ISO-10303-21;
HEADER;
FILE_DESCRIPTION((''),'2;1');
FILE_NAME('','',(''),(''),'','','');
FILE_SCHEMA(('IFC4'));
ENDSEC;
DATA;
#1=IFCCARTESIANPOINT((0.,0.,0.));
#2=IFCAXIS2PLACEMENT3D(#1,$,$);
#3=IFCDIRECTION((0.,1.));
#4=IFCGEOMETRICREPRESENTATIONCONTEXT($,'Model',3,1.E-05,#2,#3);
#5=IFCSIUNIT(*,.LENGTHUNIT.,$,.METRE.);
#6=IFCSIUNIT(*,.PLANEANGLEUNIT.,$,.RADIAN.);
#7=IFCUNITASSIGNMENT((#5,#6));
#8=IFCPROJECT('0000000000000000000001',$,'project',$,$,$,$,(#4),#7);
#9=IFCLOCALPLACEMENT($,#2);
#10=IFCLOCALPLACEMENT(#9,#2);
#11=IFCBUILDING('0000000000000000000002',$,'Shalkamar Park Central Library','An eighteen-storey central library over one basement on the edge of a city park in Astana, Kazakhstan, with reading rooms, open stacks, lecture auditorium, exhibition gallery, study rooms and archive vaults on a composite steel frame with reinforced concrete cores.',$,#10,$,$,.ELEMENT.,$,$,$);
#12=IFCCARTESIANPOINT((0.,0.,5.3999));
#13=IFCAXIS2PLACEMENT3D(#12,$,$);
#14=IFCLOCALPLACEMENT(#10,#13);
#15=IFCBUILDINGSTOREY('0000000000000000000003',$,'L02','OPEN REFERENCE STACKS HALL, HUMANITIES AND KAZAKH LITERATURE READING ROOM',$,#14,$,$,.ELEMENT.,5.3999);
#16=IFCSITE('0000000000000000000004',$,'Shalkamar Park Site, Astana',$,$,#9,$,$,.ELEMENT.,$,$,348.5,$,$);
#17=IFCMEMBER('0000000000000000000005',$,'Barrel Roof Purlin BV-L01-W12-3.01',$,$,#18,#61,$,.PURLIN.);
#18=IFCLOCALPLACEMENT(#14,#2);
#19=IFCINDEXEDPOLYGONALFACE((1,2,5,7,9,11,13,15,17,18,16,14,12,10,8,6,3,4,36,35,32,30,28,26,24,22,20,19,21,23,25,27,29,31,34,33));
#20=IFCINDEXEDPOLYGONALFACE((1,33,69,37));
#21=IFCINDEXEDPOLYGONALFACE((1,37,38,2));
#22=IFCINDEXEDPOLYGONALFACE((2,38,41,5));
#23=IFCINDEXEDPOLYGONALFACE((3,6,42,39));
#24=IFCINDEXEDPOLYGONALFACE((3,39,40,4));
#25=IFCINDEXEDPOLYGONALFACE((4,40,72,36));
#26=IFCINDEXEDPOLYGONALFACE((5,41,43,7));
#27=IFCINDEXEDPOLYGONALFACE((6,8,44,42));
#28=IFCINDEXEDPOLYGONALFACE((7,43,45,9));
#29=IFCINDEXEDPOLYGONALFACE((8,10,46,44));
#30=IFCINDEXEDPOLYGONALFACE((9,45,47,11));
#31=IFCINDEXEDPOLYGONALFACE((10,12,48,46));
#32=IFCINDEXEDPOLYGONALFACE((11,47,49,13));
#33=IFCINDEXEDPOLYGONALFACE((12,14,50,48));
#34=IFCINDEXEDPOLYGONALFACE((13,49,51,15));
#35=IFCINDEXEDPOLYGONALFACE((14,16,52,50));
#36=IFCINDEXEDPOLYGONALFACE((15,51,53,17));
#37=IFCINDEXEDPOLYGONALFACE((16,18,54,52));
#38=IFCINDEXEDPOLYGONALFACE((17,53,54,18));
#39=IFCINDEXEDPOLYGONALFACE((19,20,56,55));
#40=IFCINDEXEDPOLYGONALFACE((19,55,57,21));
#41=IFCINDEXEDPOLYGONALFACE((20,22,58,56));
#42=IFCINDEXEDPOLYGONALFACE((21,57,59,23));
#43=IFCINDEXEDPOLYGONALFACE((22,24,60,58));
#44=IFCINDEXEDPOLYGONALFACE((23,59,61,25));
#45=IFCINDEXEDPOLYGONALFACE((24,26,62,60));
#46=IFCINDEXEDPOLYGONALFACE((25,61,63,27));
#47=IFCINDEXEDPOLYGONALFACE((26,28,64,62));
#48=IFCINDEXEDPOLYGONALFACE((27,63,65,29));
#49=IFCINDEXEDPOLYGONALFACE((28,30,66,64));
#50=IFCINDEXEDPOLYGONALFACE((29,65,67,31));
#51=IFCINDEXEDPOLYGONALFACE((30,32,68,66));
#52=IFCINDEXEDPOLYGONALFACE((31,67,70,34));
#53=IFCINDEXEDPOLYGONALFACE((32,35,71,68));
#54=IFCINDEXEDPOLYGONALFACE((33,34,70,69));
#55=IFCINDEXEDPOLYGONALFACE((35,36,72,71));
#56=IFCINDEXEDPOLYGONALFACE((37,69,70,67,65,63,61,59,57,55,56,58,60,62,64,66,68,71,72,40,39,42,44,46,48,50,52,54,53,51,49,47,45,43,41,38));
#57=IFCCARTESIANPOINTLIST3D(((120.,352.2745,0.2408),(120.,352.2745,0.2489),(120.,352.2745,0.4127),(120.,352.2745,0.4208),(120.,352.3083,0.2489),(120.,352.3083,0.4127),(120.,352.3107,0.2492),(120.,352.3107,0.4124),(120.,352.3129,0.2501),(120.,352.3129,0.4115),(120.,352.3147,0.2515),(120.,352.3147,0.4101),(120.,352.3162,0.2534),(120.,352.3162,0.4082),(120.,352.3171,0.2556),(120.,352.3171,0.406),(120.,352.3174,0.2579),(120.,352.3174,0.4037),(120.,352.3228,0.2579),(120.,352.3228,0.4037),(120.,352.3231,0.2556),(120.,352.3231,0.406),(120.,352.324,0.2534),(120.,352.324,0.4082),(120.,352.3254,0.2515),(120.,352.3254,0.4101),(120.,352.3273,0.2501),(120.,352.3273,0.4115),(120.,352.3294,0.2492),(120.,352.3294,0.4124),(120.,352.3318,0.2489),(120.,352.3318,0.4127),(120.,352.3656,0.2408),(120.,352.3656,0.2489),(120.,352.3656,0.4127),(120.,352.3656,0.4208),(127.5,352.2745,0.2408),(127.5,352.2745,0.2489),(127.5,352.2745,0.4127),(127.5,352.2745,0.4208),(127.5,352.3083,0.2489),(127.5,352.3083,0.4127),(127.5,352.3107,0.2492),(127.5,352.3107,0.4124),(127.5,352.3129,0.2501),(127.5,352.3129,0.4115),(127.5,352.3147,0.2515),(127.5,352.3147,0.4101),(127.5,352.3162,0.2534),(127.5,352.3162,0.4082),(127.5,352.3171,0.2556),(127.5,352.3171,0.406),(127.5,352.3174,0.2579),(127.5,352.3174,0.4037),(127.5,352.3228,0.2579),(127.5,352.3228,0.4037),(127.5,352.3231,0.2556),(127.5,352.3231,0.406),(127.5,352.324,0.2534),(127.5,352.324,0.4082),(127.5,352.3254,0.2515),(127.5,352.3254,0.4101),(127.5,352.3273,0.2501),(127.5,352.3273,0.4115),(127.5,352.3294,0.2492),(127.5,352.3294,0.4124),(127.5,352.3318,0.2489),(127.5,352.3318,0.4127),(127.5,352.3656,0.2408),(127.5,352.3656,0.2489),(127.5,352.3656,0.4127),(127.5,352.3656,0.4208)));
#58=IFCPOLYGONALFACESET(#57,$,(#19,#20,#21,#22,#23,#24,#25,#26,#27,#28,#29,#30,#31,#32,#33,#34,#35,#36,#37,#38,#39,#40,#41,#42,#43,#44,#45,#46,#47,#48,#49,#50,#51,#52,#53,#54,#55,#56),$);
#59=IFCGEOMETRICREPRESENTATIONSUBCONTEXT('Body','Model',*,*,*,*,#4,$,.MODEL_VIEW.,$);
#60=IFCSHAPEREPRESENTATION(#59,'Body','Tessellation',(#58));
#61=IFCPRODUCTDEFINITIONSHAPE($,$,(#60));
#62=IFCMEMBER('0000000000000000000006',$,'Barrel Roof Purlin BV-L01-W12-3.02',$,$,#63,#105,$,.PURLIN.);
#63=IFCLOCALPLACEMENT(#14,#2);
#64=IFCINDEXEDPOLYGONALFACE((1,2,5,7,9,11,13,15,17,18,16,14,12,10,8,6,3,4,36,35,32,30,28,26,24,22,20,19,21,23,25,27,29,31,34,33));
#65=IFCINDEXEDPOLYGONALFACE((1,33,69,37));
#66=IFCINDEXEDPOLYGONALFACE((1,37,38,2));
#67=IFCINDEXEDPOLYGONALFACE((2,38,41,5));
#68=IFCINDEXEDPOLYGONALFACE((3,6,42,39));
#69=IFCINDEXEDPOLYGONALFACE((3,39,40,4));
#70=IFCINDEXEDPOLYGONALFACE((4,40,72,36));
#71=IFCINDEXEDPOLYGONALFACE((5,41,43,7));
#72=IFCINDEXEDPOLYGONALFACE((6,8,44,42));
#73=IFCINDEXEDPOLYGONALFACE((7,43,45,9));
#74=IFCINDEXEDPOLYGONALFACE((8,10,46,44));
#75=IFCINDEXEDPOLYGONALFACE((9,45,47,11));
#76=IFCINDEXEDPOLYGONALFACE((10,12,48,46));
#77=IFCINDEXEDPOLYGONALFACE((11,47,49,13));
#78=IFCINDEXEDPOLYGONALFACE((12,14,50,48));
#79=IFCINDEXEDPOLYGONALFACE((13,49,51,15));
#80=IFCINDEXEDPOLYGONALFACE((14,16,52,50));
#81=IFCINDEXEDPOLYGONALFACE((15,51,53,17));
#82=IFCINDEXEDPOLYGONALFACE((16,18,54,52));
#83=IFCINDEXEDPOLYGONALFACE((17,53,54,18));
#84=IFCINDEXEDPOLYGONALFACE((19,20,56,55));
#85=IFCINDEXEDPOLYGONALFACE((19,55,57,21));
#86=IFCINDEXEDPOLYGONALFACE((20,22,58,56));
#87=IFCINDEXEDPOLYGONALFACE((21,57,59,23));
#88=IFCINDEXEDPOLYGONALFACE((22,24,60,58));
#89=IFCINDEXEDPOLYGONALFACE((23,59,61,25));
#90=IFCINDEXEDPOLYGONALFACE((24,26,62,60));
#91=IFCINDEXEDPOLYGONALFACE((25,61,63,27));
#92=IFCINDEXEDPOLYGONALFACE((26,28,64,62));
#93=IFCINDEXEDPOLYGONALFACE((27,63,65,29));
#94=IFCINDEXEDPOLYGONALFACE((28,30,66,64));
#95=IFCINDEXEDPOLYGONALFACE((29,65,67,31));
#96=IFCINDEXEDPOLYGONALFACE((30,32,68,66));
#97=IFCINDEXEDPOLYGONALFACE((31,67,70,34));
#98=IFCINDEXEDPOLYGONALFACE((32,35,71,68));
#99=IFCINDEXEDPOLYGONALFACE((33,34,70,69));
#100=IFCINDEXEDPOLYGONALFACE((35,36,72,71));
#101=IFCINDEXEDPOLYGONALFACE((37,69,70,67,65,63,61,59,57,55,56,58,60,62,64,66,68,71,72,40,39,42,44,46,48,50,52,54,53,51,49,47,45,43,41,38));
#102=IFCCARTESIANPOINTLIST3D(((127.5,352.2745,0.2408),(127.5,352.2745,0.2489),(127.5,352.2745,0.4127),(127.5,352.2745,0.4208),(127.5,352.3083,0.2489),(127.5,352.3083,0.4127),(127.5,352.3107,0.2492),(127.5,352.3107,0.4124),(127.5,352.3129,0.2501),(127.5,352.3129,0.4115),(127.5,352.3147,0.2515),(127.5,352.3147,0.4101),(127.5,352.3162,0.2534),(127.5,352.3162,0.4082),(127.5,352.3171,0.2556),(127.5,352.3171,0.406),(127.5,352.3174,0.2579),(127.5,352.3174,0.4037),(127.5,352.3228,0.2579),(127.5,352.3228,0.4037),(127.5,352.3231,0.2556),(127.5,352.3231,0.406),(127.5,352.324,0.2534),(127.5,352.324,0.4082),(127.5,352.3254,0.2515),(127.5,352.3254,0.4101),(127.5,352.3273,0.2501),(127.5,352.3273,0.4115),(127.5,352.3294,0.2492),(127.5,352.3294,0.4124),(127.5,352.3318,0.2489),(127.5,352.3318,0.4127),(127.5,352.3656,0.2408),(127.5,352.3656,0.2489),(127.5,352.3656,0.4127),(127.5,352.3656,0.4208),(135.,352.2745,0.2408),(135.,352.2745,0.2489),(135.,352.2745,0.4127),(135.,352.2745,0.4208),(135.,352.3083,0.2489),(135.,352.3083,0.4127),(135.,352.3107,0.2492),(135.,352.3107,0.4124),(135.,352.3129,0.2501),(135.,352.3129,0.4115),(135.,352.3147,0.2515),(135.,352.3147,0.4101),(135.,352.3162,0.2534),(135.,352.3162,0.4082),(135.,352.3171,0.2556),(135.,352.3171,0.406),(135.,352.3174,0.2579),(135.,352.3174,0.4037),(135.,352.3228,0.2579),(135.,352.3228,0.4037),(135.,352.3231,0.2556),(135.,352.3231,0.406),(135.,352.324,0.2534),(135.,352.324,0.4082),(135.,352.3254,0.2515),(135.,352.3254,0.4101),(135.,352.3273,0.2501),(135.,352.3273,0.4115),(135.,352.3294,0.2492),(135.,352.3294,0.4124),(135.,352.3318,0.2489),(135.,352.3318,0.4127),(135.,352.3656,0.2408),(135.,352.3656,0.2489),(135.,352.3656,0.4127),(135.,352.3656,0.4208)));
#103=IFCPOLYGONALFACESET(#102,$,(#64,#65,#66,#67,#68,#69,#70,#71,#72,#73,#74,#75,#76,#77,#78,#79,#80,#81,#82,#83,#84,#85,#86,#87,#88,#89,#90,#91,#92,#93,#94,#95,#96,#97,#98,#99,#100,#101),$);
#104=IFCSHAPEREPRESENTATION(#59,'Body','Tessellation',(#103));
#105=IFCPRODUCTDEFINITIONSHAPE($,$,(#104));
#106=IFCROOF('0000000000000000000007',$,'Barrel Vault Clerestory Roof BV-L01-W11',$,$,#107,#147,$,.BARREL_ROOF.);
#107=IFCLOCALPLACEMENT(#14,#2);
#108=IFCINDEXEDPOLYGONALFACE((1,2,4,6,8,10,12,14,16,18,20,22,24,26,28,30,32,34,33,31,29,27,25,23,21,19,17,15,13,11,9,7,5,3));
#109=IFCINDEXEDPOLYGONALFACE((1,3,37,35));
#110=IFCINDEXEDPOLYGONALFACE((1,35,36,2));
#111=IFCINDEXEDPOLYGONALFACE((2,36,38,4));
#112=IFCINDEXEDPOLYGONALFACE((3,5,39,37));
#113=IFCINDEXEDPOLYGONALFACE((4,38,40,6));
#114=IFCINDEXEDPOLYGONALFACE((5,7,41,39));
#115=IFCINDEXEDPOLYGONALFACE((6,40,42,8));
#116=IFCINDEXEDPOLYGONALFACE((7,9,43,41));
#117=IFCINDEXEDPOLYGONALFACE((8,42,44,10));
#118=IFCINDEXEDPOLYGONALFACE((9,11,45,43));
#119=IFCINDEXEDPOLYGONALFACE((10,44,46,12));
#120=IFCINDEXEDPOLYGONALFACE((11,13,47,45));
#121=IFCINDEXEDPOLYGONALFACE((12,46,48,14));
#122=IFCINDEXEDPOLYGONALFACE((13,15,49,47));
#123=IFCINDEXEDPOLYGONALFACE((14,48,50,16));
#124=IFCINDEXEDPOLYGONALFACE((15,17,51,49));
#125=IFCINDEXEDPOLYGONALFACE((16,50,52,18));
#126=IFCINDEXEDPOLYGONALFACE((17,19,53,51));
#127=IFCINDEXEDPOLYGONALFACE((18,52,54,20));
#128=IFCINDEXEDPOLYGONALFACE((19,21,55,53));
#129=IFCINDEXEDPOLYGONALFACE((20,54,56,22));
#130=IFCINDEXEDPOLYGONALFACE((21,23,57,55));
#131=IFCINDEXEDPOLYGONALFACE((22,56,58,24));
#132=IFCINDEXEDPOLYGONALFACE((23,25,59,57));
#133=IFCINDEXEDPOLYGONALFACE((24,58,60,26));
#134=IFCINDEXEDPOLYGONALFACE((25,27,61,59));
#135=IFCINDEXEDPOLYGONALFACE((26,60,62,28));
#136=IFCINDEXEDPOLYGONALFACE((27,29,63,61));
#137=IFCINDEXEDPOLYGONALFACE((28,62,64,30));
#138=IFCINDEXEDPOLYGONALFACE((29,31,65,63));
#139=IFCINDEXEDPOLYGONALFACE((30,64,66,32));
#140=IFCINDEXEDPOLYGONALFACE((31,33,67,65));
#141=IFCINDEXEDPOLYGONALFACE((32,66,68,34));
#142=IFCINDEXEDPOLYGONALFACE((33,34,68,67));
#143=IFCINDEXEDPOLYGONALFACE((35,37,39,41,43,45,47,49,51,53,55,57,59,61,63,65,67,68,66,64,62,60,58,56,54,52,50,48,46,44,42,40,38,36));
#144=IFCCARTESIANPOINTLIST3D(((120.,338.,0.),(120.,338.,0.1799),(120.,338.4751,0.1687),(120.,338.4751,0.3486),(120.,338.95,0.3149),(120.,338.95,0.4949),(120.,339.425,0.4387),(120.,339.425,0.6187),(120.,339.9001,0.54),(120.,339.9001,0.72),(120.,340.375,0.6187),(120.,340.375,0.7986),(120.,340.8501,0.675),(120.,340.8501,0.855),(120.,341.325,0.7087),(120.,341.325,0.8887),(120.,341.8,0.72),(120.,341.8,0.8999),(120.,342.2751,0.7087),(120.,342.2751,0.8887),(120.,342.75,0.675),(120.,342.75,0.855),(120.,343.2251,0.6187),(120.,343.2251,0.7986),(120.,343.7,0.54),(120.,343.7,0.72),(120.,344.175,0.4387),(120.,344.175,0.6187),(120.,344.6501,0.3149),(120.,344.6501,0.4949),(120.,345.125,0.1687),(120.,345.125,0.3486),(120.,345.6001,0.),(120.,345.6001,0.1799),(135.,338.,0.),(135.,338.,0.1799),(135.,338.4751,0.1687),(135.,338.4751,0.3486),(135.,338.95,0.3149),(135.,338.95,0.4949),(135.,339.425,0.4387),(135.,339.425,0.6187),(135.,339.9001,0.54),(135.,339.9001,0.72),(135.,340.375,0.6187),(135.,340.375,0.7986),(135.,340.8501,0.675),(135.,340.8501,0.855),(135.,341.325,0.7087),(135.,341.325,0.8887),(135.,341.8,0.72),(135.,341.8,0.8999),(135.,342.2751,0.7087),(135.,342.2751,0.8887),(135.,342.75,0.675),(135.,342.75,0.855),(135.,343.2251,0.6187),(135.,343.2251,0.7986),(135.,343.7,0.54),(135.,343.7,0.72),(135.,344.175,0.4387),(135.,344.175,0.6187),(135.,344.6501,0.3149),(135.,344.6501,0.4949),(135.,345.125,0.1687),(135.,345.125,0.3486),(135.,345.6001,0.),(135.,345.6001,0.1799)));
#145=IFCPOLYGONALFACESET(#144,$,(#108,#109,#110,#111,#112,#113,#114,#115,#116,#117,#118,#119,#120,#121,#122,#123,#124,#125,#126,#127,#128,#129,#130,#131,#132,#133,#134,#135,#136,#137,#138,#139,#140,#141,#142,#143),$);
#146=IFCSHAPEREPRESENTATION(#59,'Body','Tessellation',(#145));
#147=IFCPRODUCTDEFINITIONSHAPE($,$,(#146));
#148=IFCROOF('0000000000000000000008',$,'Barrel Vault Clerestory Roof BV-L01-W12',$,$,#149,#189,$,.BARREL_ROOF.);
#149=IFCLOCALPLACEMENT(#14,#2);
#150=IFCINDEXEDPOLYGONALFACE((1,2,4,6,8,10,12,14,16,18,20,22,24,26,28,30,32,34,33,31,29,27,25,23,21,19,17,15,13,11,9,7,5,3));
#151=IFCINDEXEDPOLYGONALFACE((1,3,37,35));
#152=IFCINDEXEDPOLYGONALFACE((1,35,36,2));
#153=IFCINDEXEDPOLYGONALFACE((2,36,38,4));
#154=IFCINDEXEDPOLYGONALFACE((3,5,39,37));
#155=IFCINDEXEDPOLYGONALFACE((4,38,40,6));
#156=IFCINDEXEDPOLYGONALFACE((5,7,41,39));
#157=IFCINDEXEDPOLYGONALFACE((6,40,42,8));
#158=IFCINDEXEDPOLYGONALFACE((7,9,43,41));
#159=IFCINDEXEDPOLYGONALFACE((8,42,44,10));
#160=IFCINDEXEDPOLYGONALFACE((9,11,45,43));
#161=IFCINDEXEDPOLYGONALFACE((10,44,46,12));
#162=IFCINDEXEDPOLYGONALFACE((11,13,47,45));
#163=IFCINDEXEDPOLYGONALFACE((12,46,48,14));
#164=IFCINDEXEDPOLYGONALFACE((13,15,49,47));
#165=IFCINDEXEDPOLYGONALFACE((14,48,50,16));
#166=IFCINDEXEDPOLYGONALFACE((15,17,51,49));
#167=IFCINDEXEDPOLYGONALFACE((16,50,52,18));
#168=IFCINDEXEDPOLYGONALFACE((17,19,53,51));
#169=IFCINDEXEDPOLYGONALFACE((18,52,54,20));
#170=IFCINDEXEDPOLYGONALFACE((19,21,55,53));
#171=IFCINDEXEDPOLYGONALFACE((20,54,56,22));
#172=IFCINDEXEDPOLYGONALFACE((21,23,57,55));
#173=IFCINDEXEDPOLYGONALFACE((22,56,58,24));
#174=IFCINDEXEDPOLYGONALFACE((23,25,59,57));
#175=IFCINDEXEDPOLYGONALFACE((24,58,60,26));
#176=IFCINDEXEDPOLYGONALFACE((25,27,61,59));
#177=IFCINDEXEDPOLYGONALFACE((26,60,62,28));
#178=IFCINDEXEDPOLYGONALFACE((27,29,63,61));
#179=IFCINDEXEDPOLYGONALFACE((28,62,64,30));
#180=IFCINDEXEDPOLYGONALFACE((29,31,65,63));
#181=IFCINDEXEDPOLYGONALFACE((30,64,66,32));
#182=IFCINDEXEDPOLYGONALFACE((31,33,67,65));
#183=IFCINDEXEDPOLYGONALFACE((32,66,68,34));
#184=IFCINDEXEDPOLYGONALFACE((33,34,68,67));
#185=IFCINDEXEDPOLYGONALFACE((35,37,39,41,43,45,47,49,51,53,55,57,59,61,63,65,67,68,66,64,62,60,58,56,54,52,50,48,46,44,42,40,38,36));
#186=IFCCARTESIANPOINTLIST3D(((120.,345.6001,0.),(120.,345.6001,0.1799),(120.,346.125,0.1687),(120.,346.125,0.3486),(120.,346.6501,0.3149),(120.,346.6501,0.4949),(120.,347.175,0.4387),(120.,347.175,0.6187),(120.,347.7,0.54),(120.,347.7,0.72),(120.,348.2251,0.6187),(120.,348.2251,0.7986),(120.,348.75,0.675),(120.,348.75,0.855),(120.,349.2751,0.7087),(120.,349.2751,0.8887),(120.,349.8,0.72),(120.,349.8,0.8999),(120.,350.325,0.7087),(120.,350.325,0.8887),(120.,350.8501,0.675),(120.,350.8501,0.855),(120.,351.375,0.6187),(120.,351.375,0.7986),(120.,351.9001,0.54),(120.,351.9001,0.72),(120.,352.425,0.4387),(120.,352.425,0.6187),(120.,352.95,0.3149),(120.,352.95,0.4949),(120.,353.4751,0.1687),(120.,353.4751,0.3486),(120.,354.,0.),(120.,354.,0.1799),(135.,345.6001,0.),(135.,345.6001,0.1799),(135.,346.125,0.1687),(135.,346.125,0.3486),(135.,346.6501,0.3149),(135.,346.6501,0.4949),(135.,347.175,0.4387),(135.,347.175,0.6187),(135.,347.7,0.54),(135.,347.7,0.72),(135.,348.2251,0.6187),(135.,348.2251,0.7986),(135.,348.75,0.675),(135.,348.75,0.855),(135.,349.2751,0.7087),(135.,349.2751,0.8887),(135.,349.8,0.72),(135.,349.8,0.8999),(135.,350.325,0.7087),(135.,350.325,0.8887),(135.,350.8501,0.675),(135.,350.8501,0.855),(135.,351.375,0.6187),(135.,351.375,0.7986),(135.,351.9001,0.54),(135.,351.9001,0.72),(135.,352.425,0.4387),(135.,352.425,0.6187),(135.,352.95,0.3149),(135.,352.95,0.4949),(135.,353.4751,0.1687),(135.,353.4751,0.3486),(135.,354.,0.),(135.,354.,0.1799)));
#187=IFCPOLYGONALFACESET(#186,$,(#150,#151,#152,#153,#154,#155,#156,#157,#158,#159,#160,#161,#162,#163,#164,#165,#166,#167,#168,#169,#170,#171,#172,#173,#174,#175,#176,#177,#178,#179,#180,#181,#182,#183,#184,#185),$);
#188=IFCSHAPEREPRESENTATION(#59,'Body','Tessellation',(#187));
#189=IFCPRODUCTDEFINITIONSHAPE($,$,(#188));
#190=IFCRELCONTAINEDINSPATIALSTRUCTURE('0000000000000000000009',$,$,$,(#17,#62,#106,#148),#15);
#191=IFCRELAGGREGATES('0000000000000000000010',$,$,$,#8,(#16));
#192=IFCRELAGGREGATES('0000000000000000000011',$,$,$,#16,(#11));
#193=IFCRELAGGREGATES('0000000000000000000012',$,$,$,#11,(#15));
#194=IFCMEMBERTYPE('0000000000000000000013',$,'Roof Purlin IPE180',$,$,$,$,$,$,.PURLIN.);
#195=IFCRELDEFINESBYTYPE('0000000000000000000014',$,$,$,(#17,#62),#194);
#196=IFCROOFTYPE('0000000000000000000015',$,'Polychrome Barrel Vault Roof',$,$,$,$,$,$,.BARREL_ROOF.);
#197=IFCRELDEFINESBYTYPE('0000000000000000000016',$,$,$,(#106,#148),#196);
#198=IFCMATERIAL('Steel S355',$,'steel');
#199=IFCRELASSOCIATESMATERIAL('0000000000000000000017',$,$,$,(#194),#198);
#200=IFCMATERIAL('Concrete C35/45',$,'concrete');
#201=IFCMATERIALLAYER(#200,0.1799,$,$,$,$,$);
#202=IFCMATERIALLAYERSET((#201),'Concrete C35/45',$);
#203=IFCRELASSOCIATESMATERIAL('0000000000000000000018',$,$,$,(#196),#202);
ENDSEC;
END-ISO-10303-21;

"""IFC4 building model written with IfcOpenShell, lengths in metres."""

from ifc_helpers import new_model, si_unit, direction, frame, origin, origin_2d, place, context, subcontext, project, spatial, polyline, i_section, outline, extrude, material, layer, layer_set, material_profile, profile_set, type_object, element, save


model = new_model("IFC4")

# Units and contexts
model_context = context("Model", 3, precision=1e-05, world=origin(), true_north=direction((0.0, 1.0)))
body_context = subcontext(model_context, "Body", "Model", "MODEL_VIEW")
ifc_project = project(units=[si_unit("LENGTHUNIT", "METRE"), si_unit("PLANEANGLEUNIT", "RADIAN")], contexts=[model_context])

# Site, building, storey
site_placement = place(None, origin())
site = spatial("IfcSite", under=ifc_project, at=site_placement, Name="Shalkamar Park Site, Astana", CompositionType="ELEMENT", RefElevation=348.5)
building_placement = place(site_placement, origin())
building = spatial("IfcBuilding", under=site, at=building_placement, Name="Shalkamar Park Central Library", Description="An eighteen-storey central library over one basement on the edge of a city park in Astana, Kazakhstan, with reading rooms, open stacks, lecture auditorium, exhibition gallery, study rooms and archive vaults on a composite steel frame with reinforced concrete cores.", CompositionType="ELEMENT")
storey_placement = place(building_placement, frame((0.0, 0.0, 5.3999)))
storey = spatial("IfcBuildingStorey", under=building, at=storey_placement, Name="L02", Description="OPEN REFERENCE STACKS HALL, HUMANITIES AND KAZAKH LITERATURE READING ROOM", CompositionType="ELEMENT", Elevation=5.3999)

# Members
ifc_material_1 = material(Name="Steel S355", Category="steel")
ifc_material_profile_1 = material_profile(ifc_material_1, i_section(OverallWidth=0.0911, OverallDepth=0.1799, WebThickness=0.0054, FlangeThickness=0.0081, FilletRadius=0.009, at=origin_2d()), Name="IPE 180")
ifc_profile_set_1 = profile_set([ifc_material_profile_1], Name="Steel S355")
member_type_1 = type_object("IfcMemberType", Name="Roof Purlin IPE180", PredefinedType="PURLIN", material=ifc_profile_set_1)
for number, where, z_axis, x_axis, name in (
    (1, (120.0, 352.3201, 0.3308), (1.0, 0.0, 0.0), (0.0, 1.0, 0.0), "Barrel Roof Purlin BV-L01-W12-3.01"),
    (2, (127.5, 352.3201, 0.3308), (1.0, 0.0, 0.0), (0.0, 1.0, 0.0), "Barrel Roof Purlin BV-L01-W12-3.02"),
):
    element("IfcMember", number, at=place(storey_placement, frame(where, z_axis=z_axis, x_axis=x_axis)), inside=storey, type_object=member_type_1, Name=name, PredefinedType="PURLIN", context=body_context, shape_type="SweptSolid", body=[
        extrude(i_section(OverallWidth=0.0911, OverallDepth=0.1799, WebThickness=0.0054, FlangeThickness=0.0081, FilletRadius=0.009, at=origin_2d()), origin(), (0.0, 0.0, 1.0), 7.5),
    ])

# Roofs
ifc_material_2 = material(Name="Concrete C35/45", Category="concrete")
ifc_layer = layer(ifc_material_2, 0.1799)
ifc_layer_set = layer_set([ifc_layer], Name="Concrete C35/45")
roof_type = type_object("IfcRoofType", Name="Polychrome Barrel Vault Roof", PredefinedType="BARREL_ROOF", material=ifc_layer_set)
roof_1_placement = place(storey_placement, frame((120.0, 341.8, 0.0), z_axis=(0.0, 0.0, 1.0), x_axis=(1.0, 0.0, 0.0)))
element("IfcRoof", 3, at=roof_1_placement, inside=storey, type_object=roof_type, Name="Barrel Vault Clerestory Roof BV-L01-W11", PredefinedType="BARREL_ROOF", context=body_context, shape_type="SweptSolid", body=[
    extrude(outline(polyline([(-3.8, 0.1799), (-3.325, 0.3486), (-2.8501, 0.4949), (-2.375, 0.6187), (-1.8999, 0.72), (-1.425, 0.7986), (-0.95, 0.855), (-0.4751, 0.8887), (0.0, 0.8999), (0.4751, 0.8887), (0.95, 0.855), (1.425, 0.7986), (1.8999, 0.72), (2.375, 0.6187), (2.8501, 0.4949), (3.325, 0.3486), (3.8, 0.1799), (3.8, 0.0), (3.325, 0.1687), (2.8501, 0.3149), (2.375, 0.4387), (1.8999, 0.54), (1.425, 0.6187), (0.95, 0.675), (0.4751, 0.7087), (0.0, 0.72), (-0.4751, 0.7087), (-0.95, 0.675), (-1.425, 0.6187), (-1.8999, 0.54), (-2.375, 0.4387), (-2.8501, 0.3149), (-3.325, 0.1687), (-3.8, 0.0), (-3.8, 0.1799)])), frame((0.0, 0.0, 0.0), z_axis=(1.0, 0.0, 0.0), x_axis=(0.0, 1.0, 0.0)), (0.0, 0.0, 1.0), 15.0),
])
roof_2_placement = place(storey_placement, frame((120.0, 349.8, 0.0), z_axis=(0.0, 0.0, 1.0), x_axis=(1.0, 0.0, 0.0)))
element("IfcRoof", 4, at=roof_2_placement, inside=storey, type_object=roof_type, Name="Barrel Vault Clerestory Roof BV-L01-W12", PredefinedType="BARREL_ROOF", context=body_context, shape_type="SweptSolid", body=[
    extrude(outline(polyline([(-4.2, 0.1799), (-3.675, 0.3486), (-3.1499, 0.4949), (-2.625, 0.6187), (-2.1001, 0.72), (-1.575, 0.7986), (-1.05, 0.855), (-0.5249, 0.8887), (0.0, 0.8999), (0.5249, 0.8887), (1.05, 0.855), (1.575, 0.7986), (2.1001, 0.72), (2.625, 0.6187), (3.1499, 0.4949), (3.675, 0.3486), (4.2, 0.1799), (4.2, 0.0), (3.675, 0.1687), (3.1499, 0.3149), (2.625, 0.4387), (2.1001, 0.54), (1.575, 0.6187), (1.05, 0.675), (0.5249, 0.7087), (0.0, 0.72), (-0.5249, 0.7087), (-1.05, 0.675), (-1.575, 0.6187), (-2.1001, 0.54), (-2.625, 0.4387), (-3.1499, 0.3149), (-3.675, 0.1687), (-4.2, 0.0), (-4.2, 0.1799)])), frame((0.0, 0.0, 0.0), z_axis=(1.0, 0.0, 0.0), x_axis=(0.0, 1.0, 0.0)), (0.0, 0.0, 1.0), 15.0),
])

save(model, "model.ifc")
